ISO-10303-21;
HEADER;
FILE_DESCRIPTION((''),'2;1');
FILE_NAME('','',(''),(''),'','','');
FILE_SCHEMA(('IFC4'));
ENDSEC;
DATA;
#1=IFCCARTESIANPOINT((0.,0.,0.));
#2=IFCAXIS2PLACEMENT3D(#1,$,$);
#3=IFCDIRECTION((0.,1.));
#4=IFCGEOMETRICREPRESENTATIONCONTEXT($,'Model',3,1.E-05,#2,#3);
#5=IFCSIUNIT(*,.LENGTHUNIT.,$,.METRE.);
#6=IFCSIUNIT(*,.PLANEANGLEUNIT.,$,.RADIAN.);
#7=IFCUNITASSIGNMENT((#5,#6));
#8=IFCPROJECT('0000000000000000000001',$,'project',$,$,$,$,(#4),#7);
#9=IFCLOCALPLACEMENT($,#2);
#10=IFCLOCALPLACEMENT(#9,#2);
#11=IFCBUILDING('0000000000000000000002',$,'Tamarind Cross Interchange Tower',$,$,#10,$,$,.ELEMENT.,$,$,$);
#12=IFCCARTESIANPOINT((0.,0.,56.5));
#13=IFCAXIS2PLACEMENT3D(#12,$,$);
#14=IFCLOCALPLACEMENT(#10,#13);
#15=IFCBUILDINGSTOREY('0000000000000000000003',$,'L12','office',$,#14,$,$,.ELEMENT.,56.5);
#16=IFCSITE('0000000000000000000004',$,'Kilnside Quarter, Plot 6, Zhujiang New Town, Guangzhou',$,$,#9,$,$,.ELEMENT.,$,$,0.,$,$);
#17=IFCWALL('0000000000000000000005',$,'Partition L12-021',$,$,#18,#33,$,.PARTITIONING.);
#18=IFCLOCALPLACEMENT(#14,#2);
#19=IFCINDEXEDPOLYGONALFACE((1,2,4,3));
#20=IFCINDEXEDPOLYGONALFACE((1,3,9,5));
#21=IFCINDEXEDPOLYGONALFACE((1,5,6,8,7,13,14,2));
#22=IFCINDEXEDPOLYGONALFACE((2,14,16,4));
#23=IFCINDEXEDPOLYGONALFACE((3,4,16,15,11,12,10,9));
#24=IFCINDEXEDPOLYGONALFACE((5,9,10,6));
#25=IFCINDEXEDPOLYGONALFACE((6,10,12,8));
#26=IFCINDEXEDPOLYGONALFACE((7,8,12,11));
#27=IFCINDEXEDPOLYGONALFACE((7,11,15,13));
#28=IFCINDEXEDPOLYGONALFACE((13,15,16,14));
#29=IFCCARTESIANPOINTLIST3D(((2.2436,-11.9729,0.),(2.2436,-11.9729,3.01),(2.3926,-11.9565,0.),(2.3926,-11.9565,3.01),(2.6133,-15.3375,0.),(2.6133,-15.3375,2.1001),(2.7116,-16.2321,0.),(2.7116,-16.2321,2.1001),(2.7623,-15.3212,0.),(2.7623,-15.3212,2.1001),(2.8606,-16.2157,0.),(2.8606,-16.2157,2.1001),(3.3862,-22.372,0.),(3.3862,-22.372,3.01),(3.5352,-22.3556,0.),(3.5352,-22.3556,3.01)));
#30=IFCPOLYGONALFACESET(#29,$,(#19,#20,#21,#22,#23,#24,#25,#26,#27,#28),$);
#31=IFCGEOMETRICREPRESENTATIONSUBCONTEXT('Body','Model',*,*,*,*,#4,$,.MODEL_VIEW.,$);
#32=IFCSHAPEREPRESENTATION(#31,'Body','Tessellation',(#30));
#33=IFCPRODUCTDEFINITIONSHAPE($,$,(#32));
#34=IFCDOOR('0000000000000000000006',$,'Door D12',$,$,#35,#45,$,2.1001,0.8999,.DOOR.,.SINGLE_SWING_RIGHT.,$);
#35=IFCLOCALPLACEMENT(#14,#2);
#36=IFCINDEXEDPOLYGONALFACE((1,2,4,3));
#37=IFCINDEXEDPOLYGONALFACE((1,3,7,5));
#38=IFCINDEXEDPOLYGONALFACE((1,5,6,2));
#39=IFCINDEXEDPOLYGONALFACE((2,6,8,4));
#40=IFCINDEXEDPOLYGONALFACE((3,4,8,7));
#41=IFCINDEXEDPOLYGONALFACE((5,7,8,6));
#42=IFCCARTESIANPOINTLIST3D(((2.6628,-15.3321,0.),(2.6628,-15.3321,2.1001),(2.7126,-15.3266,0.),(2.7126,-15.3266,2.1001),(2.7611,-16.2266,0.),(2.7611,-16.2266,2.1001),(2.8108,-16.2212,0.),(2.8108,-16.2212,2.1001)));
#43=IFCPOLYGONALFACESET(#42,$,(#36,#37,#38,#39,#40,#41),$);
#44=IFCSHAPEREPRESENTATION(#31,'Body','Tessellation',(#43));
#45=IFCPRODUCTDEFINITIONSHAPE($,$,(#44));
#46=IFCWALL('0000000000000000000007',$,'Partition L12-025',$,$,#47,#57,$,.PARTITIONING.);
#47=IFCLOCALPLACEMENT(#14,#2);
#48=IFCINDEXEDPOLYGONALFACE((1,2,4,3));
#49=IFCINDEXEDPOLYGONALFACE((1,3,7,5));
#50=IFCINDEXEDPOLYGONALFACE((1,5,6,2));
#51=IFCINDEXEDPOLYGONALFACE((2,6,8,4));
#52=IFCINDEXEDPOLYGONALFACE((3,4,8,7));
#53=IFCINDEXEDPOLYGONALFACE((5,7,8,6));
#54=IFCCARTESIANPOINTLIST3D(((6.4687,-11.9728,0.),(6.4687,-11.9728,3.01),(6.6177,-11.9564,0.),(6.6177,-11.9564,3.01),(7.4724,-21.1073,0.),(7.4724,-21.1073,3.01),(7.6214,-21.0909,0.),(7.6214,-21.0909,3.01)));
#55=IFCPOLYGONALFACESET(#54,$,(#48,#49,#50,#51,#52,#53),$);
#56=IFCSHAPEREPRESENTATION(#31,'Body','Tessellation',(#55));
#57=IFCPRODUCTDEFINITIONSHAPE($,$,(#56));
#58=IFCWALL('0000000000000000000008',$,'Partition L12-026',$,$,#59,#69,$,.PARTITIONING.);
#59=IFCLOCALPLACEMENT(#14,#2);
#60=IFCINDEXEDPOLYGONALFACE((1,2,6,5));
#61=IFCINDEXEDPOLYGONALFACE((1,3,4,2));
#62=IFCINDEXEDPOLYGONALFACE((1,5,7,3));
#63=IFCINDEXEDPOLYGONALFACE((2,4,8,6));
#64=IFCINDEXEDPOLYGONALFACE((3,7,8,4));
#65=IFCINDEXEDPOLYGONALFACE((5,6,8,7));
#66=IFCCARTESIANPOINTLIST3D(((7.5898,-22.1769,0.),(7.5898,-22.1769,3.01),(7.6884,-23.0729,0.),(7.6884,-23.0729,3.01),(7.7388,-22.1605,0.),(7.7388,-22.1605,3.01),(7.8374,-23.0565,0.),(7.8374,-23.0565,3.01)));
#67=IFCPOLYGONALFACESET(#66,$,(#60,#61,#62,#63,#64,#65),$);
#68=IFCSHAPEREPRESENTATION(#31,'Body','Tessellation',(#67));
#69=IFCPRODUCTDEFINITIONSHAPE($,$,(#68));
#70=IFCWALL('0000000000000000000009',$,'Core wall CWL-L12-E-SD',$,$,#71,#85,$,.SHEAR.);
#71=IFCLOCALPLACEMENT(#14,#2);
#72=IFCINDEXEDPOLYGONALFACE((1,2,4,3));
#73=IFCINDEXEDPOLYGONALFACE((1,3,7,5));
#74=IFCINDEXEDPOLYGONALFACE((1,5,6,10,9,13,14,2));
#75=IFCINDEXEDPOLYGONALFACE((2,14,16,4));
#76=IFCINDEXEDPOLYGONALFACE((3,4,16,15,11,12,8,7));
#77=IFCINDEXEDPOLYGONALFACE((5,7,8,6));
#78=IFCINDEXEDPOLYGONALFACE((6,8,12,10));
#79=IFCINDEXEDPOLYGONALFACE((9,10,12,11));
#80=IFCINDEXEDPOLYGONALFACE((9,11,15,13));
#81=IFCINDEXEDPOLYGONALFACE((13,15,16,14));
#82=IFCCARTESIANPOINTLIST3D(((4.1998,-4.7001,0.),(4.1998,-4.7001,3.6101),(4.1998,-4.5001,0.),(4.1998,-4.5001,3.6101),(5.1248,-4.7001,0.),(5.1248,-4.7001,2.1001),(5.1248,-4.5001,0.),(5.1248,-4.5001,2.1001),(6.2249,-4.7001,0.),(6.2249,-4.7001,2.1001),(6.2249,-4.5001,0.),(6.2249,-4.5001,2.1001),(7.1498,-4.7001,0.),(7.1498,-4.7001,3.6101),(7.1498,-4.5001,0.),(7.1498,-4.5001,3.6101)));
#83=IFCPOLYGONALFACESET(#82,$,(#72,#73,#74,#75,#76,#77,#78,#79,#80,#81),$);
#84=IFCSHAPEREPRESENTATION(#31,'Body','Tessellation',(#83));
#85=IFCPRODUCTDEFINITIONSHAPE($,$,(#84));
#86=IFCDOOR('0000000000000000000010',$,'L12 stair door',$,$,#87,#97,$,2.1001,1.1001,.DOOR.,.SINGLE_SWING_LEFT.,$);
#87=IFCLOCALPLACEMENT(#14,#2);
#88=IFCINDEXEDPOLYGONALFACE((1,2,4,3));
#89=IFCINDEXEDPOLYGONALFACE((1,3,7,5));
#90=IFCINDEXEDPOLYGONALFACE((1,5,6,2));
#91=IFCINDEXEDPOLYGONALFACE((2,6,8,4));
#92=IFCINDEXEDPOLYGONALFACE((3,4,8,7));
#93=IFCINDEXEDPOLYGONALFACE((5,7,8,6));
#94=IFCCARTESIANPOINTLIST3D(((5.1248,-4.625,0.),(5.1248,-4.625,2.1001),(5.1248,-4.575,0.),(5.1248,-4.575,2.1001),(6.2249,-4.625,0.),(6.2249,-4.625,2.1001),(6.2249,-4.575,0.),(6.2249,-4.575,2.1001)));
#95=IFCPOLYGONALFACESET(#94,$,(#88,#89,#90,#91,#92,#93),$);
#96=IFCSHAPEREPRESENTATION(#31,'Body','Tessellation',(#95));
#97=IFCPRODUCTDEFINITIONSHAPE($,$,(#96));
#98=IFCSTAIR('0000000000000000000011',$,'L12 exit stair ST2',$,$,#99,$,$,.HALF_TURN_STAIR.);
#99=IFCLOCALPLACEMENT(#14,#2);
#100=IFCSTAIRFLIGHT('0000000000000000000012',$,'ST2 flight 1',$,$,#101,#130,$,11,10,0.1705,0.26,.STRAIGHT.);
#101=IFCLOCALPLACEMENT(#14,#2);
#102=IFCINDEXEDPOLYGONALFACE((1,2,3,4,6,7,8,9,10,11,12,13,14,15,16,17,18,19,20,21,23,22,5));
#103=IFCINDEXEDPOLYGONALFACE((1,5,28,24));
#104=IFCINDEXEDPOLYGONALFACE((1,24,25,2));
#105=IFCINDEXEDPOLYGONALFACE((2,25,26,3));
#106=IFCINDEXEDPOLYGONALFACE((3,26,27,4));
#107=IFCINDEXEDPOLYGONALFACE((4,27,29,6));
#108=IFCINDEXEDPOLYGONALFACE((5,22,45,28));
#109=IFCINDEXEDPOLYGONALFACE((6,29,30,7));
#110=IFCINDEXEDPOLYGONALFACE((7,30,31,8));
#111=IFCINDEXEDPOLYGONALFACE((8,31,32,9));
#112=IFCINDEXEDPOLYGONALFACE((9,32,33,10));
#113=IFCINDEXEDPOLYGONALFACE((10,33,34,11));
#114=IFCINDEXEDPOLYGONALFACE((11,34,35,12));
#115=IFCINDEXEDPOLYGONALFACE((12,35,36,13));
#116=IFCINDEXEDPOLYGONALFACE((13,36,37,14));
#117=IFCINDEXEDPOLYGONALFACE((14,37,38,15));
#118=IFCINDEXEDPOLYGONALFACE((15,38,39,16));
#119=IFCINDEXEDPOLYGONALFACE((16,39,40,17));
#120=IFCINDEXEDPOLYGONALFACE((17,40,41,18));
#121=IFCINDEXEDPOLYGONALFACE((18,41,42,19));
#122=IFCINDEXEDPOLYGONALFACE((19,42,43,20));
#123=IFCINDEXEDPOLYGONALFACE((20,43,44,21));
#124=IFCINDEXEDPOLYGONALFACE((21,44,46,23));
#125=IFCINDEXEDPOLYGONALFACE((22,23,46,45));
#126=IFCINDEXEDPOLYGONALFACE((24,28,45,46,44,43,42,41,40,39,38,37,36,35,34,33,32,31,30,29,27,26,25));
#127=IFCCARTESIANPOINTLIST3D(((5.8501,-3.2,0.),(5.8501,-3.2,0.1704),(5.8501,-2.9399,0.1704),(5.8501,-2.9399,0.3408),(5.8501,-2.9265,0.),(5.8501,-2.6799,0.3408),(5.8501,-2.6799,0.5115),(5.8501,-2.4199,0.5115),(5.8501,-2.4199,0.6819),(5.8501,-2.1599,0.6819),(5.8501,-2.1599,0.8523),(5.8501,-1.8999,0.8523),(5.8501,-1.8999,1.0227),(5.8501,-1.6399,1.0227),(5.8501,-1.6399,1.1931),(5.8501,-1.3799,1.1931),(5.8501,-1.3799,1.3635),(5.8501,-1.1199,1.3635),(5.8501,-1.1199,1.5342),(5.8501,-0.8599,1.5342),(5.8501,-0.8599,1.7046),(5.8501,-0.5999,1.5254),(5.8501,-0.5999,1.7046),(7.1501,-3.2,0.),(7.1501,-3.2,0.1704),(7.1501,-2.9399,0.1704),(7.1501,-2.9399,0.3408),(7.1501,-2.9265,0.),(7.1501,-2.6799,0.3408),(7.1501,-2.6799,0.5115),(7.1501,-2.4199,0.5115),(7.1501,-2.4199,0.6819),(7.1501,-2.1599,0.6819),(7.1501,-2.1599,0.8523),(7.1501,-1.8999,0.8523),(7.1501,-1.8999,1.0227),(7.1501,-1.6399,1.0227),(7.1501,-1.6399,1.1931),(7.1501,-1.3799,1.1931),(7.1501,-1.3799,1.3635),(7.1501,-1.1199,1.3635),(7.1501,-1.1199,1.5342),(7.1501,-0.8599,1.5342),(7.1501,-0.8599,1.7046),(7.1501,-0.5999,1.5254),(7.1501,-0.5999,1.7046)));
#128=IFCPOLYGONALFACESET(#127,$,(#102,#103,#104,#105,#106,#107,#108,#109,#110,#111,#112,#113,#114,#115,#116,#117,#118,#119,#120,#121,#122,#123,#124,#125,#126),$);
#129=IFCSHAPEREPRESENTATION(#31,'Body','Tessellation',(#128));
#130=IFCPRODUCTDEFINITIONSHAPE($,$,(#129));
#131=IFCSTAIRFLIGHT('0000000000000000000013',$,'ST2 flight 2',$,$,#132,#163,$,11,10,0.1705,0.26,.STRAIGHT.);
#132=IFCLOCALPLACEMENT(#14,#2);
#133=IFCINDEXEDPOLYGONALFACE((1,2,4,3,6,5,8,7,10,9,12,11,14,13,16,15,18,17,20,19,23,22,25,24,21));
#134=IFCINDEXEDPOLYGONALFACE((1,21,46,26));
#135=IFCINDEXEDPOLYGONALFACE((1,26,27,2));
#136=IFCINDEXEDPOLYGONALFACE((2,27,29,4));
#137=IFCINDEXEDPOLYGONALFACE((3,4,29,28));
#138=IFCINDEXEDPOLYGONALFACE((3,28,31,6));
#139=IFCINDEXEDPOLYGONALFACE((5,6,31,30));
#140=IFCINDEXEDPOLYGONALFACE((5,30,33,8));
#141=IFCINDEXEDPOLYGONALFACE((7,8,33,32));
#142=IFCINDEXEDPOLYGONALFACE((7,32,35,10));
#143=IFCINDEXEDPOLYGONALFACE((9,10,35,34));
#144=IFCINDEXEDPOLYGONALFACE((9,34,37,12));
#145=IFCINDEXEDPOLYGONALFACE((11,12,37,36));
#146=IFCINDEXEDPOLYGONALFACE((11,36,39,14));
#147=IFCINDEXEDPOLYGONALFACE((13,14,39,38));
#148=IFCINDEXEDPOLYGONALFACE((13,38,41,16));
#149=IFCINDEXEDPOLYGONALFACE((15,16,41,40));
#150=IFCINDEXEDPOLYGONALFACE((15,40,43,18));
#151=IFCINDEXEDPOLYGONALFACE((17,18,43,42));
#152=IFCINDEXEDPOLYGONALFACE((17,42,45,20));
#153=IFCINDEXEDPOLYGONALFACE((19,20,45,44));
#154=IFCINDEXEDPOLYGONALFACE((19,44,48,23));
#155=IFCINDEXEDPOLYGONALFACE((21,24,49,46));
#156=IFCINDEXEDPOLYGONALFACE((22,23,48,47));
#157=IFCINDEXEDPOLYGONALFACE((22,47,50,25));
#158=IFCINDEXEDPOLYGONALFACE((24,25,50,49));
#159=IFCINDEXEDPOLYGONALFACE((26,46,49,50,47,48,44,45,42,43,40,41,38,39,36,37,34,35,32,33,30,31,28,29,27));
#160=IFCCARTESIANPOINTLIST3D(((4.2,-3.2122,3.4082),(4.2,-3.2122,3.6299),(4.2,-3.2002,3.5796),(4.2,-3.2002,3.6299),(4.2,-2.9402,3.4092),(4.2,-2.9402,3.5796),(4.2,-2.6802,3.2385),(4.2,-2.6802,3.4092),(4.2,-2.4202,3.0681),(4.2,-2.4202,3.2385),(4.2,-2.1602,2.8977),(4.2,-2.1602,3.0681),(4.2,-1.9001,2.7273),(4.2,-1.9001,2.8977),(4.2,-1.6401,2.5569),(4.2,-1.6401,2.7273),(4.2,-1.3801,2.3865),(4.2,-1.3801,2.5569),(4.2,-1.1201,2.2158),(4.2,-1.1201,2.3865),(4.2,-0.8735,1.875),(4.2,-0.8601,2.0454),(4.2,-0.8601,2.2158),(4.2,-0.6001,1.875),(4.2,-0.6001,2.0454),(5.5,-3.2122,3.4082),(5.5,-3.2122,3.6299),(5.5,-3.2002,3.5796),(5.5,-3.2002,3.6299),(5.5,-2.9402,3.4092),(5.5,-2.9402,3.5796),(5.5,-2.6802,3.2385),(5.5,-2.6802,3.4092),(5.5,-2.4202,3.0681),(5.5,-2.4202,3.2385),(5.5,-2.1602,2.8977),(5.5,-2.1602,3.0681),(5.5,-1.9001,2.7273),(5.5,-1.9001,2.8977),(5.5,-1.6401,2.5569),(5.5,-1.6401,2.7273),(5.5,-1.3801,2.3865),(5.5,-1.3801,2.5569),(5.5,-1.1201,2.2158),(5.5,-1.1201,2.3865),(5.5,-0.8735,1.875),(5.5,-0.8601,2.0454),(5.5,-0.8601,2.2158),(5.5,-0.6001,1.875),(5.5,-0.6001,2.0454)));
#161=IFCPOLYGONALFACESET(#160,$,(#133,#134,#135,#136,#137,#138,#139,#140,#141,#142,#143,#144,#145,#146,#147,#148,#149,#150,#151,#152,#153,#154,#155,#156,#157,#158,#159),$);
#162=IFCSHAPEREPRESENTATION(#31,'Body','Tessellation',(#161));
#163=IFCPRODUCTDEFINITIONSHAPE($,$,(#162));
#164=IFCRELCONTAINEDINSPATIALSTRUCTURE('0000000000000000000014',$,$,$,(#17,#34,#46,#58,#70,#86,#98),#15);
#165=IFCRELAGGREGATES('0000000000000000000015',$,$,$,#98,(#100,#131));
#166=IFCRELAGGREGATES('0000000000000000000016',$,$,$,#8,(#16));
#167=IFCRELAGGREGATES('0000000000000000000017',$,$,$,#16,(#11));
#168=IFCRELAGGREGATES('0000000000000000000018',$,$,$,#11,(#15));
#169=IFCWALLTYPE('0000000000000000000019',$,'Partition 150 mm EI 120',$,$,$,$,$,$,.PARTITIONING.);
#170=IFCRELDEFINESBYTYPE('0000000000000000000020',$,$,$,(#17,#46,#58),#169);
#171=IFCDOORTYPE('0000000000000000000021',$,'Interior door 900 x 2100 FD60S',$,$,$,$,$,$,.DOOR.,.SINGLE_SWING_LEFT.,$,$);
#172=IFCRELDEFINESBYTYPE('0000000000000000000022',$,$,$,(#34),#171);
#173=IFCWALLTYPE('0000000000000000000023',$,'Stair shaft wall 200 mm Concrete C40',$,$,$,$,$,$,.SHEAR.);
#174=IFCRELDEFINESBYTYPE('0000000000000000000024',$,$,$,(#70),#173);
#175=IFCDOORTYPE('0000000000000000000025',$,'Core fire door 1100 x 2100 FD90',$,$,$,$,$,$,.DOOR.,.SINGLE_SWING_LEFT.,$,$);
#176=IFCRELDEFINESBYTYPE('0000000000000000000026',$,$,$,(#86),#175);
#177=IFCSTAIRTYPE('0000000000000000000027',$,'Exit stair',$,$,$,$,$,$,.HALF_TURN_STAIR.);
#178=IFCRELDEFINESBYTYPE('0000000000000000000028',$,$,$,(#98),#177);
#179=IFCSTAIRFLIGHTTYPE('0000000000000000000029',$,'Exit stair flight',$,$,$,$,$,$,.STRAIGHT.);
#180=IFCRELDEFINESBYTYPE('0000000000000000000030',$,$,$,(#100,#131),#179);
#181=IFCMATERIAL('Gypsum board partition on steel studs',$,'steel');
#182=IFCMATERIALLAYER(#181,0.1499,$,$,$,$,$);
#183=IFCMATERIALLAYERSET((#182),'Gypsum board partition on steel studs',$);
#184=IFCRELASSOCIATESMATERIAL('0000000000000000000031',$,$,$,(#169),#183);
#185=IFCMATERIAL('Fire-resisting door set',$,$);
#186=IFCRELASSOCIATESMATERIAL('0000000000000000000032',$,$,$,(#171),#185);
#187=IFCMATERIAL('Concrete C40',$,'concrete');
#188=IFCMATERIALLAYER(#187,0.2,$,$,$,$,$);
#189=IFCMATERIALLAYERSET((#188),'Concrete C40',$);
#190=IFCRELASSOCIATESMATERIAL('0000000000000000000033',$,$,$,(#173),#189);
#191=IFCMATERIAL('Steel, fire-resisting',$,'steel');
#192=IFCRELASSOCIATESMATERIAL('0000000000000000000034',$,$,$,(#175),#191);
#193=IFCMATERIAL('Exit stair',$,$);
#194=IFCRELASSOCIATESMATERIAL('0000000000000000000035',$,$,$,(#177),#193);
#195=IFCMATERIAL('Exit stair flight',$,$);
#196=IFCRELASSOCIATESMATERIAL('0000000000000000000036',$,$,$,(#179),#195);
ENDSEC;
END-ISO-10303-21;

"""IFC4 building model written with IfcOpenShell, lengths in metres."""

from ifc_helpers import new_model, si_unit, direction, frame, frame_2d, origin, place, context, subcontext, project, spatial, polyline, rectangle, outline, extrude, material, layer, layer_set, type_object, element, fill, aggregate, save


model = new_model("IFC4")

# Units and contexts
model_context = context("Model", 3, precision=1e-05, world=origin(), true_north=direction((0.0, 1.0)))
body_context = subcontext(model_context, "Body", "Model", "MODEL_VIEW")
ifc_project = project(units=[si_unit("LENGTHUNIT", "METRE"), si_unit("PLANEANGLEUNIT", "RADIAN")], contexts=[model_context])

# Site, building, storey
site_placement = place(None, origin())
site = spatial("IfcSite", under=ifc_project, at=site_placement, Name="Kilnside Quarter, Plot 6, Zhujiang New Town, Guangzhou", CompositionType="ELEMENT", RefElevation=0.0)
building_placement = place(site_placement, origin())
building = spatial("IfcBuilding", under=site, at=building_placement, Name="Tamarind Cross Interchange Tower", CompositionType="ELEMENT")
storey_placement = place(building_placement, frame((0.0, 0.0, 56.5)))
storey = spatial("IfcBuildingStorey", under=building, at=storey_placement, Name="L12", Description="office", CompositionType="ELEMENT", Elevation=56.5)

# Shared definitions
ifc_material_1 = material(Name="Steel, fire-resisting", Category="steel")

# Wall, opening, door
ifc_material_2 = material(Name="Gypsum board partition on steel studs", Category="steel")
ifc_layer_1 = layer(ifc_material_2, 0.1499)
ifc_layer_set_1 = layer_set([ifc_layer_1], Name="Gypsum board partition on steel studs")
wall_type_1 = type_object("IfcWallType", Name="Partition 150 mm EI 120", PredefinedType="PARTITIONING", material=ifc_layer_set_1)
wall_1_placement = place(storey_placement, frame((2.3181, -11.9646, 0.0), z_axis=(0.0, 0.0, 1.0), x_axis=(0.109215, -0.994018, 0.0)))
wall_1 = element("IfcWall", 1, at=wall_1_placement, inside=storey, type_object=wall_type_1, Name="Partition L12-021", PredefinedType="PARTITIONING", context=body_context, shape_type="SweptSolid", body=[
    extrude(rectangle(XDim=10.4617, YDim=0.1499, at=frame_2d((5.231, 0.0))), origin(), (0.0, 0.0, 1.0), 3.01),
])
opening_1_placement = place(wall_1_placement, frame((3.385, 0.0, 0.0)))
opening_1 = element("IfcOpeningElement", 2, at=opening_1_placement, cuts=wall_1, PredefinedType="OPENING", context=body_context, shape_type="SweptSolid", body=[
    extrude(rectangle(XDim=0.8999, YDim=2.1001, at=frame_2d((0.45, 1.05))), frame((0.0, 0.085, 0.0), z_axis=(0.0, -1.0, 0.0), x_axis=(1.0, 0.0, 0.0)), (0.0, 0.0, 1.0), 0.1699),
])
ifc_material_3 = material(Name="Fire-resisting door set")
door_type_1 = type_object("IfcDoorType", Name="Interior door 900 x 2100 FD60S", OperationType="SINGLE_SWING_LEFT", PredefinedType="DOOR", material=ifc_material_3)
door_1_placement = place(opening_1_placement, origin())
door_1 = element("IfcDoor", 3, at=door_1_placement, inside=storey, type_object=door_type_1, Name="Door D12", OperationType="SINGLE_SWING_RIGHT", OverallHeight=2.1001, OverallWidth=0.8999, PredefinedType="DOOR", context=body_context, shape_type="SweptSolid", body=[
    extrude(rectangle(XDim=0.8999, YDim=2.1001, at=frame_2d((0.45, 1.05))), frame((0.0, 0.0249, 0.0), z_axis=(0.0, -1.0, 0.0), x_axis=(1.0, 0.0, 0.0)), (0.0, 0.0, 1.0), 0.05),
])
fill(opening_1, door_1)

# Walls
wall_2_placement = place(storey_placement, frame((6.5432, -11.9646, 0.0), z_axis=(0.0, 0.0, 1.0), x_axis=(0.109218, -0.994018, 0.0)))
element("IfcWall", 4, at=wall_2_placement, inside=storey, type_object=wall_type_1, Name="Partition L12-025", PredefinedType="PARTITIONING", context=body_context, shape_type="SweptSolid", body=[
    extrude(rectangle(XDim=9.1895, YDim=0.1499, at=frame_2d((4.5947, 0.0))), origin(), (0.0, 0.0, 1.0), 3.01),
])
wall_3_placement = place(storey_placement, frame((7.6643, -22.1687, 0.0), z_axis=(0.0, 0.0, 1.0), x_axis=(0.109421, -0.993996, 0.0)))
element("IfcWall", 5, at=wall_3_placement, inside=storey, type_object=wall_type_1, Name="Partition L12-026", PredefinedType="PARTITIONING", context=body_context, shape_type="SweptSolid", body=[
    extrude(rectangle(XDim=0.9014, YDim=0.1499, at=frame_2d((0.4507, 0.0))), origin(), (0.0, 0.0, 1.0), 3.01),
])

# Wall, opening, door
ifc_material_4 = material(Name="Concrete C40", Category="concrete")
ifc_layer_2 = layer(ifc_material_4, 0.2)
ifc_layer_set_2 = layer_set([ifc_layer_2], Name="Concrete C40")
wall_type_2 = type_object("IfcWallType", Name="Stair shaft wall 200 mm Concrete C40", PredefinedType="SHEAR", material=ifc_layer_set_2)
wall_4_placement = place(storey_placement, frame((7.1499, -4.6001, 0.0), z_axis=(0.0, 0.0, 1.0), x_axis=(-1.0, 0.0, 0.0)))
wall_4 = element("IfcWall", 6, at=wall_4_placement, inside=storey, type_object=wall_type_2, Name="Core wall CWL-L12-E-SD", PredefinedType="SHEAR", context=body_context, shape_type="SweptSolid", body=[
    extrude(rectangle(XDim=2.95, YDim=0.2, at=frame_2d((1.4751, 0.0))), origin(), (0.0, 0.0, 1.0), 3.6101),
])
opening_2_placement = place(wall_4_placement, frame((0.925, 0.0, 0.0)))
opening_2 = element("IfcOpeningElement", 7, at=opening_2_placement, cuts=wall_4, PredefinedType="OPENING", context=body_context, shape_type="SweptSolid", body=[
    extrude(rectangle(XDim=1.1001, YDim=2.1001, at=frame_2d((0.55, 1.05))), frame((0.0, 0.1099, 0.0), z_axis=(0.0, -1.0, 0.0), x_axis=(1.0, 0.0, 0.0)), (0.0, 0.0, 1.0), 0.22),
])
door_type_2 = type_object("IfcDoorType", Name="Core fire door 1100 x 2100 FD90", OperationType="SINGLE_SWING_LEFT", PredefinedType="DOOR", material=ifc_material_1)
door_2_placement = place(opening_2_placement, origin())
door_2 = element("IfcDoor", 8, at=door_2_placement, inside=storey, type_object=door_type_2, Name="L12 stair door", OperationType="SINGLE_SWING_LEFT", OverallHeight=2.1001, OverallWidth=1.1001, PredefinedType="DOOR", context=body_context, shape_type="SweptSolid", body=[
    extrude(rectangle(XDim=1.1001, YDim=2.1001, at=frame_2d((0.55, 1.05))), frame((0.0, 0.0249, 0.0), z_axis=(0.0, -1.0, 0.0), x_axis=(1.0, 0.0, 0.0)), (0.0, 0.0, 1.0), 0.05),
])
fill(opening_2, door_2)

# Stair, stair flights
ifc_material_5 = material(Name="Exit stair")
stair_type = type_object("IfcStairType", Name="Exit stair", PredefinedType="HALF_TURN_STAIR", material=ifc_material_5)
stair_placement = place(storey_placement, origin())
stair = element("IfcStair", 9, at=stair_placement, inside=storey, type_object=stair_type, Name="L12 exit stair ST2", PredefinedType="HALF_TURN_STAIR")
ifc_material_6 = material(Name="Exit stair flight")
stair_flight_type = type_object("IfcStairFlightType", Name="Exit stair flight", PredefinedType="STRAIGHT", material=ifc_material_6)
stair_flight_1_placement = place(storey_placement, frame((6.5, -3.2, 0.0), z_axis=(0.0, 0.0, 1.0), x_axis=(0.0, 1.0, 0.0)))
stair_flight_1 = element("IfcStairFlight", 10, at=stair_flight_1_placement, type_object=stair_flight_type, Name="ST2 flight 1", NumberOfRisers=11, NumberOfTreads=10, PredefinedType="STRAIGHT", RiserHeight=0.1705, TreadLength=0.26, context=body_context, shape_type="SweptSolid", body=[
    extrude(outline(polyline([(0.0, 0.0), (0.0, 0.1704), (0.26, 0.1704), (0.26, 0.3408), (0.52, 0.3408), (0.52, 0.5115), (0.78, 0.5115), (0.78, 0.6819), (1.04, 0.6819), (1.04, 0.8523), (1.3, 0.8523), (1.3, 1.0227), (1.5601, 1.0227), (1.5601, 1.1931), (1.8201, 1.1931), (1.8201, 1.3635), (2.0801, 1.3635), (2.0801, 1.5342), (2.3401, 1.5342), (2.3401, 1.7046), (2.6001, 1.7046), (2.6001, 1.875), (2.6001, 1.5254), (0.2734, 0.0), (0.0, 0.0)])), frame((0.0, 0.6499, 0.0), z_axis=(0.0, -1.0, 0.0), x_axis=(1.0, 0.0, 0.0)), (0.0, 0.0, 1.0), 1.3),
])
stair_flight_2_placement = place(storey_placement, frame((4.8501, -0.6001, 1.875), z_axis=(0.0, 0.0, 1.0), x_axis=(0.0, -1.0, 0.0)))
stair_flight_2 = element("IfcStairFlight", 11, at=stair_flight_2_placement, type_object=stair_flight_type, Name="ST2 flight 2", NumberOfRisers=11, NumberOfTreads=10, PredefinedType="STRAIGHT", RiserHeight=0.1705, TreadLength=0.26, context=body_context, shape_type="SweptSolid", body=[
    extrude(outline(polyline([(0.0, 0.0), (0.0, 0.1704), (0.26, 0.1704), (0.26, 0.3408), (0.52, 0.3408), (0.52, 0.5115), (0.78, 0.5115), (0.78, 0.6819), (1.04, 0.6819), (1.04, 0.8523), (1.3, 0.8523), (1.3, 1.0227), (1.5601, 1.0227), (1.5601, 1.1931), (1.8201, 1.1931), (1.8201, 1.3635), (2.0801, 1.3635), (2.0801, 1.5342), (2.3401, 1.5342), (2.3401, 1.7046), (2.6001, 1.7046), (2.6001, 1.7549), (2.6121, 1.7549), (2.6121, 1.5332), (0.2734, 0.0), (0.0, 0.0)])), frame((0.0, 0.6499, 0.0), z_axis=(0.0, -1.0, 0.0), x_axis=(1.0, 0.0, 0.0)), (0.0, 0.0, 1.0), 1.3),
])
aggregate(stair, [stair_flight_1, stair_flight_2])

save(model, "model.ifc")
